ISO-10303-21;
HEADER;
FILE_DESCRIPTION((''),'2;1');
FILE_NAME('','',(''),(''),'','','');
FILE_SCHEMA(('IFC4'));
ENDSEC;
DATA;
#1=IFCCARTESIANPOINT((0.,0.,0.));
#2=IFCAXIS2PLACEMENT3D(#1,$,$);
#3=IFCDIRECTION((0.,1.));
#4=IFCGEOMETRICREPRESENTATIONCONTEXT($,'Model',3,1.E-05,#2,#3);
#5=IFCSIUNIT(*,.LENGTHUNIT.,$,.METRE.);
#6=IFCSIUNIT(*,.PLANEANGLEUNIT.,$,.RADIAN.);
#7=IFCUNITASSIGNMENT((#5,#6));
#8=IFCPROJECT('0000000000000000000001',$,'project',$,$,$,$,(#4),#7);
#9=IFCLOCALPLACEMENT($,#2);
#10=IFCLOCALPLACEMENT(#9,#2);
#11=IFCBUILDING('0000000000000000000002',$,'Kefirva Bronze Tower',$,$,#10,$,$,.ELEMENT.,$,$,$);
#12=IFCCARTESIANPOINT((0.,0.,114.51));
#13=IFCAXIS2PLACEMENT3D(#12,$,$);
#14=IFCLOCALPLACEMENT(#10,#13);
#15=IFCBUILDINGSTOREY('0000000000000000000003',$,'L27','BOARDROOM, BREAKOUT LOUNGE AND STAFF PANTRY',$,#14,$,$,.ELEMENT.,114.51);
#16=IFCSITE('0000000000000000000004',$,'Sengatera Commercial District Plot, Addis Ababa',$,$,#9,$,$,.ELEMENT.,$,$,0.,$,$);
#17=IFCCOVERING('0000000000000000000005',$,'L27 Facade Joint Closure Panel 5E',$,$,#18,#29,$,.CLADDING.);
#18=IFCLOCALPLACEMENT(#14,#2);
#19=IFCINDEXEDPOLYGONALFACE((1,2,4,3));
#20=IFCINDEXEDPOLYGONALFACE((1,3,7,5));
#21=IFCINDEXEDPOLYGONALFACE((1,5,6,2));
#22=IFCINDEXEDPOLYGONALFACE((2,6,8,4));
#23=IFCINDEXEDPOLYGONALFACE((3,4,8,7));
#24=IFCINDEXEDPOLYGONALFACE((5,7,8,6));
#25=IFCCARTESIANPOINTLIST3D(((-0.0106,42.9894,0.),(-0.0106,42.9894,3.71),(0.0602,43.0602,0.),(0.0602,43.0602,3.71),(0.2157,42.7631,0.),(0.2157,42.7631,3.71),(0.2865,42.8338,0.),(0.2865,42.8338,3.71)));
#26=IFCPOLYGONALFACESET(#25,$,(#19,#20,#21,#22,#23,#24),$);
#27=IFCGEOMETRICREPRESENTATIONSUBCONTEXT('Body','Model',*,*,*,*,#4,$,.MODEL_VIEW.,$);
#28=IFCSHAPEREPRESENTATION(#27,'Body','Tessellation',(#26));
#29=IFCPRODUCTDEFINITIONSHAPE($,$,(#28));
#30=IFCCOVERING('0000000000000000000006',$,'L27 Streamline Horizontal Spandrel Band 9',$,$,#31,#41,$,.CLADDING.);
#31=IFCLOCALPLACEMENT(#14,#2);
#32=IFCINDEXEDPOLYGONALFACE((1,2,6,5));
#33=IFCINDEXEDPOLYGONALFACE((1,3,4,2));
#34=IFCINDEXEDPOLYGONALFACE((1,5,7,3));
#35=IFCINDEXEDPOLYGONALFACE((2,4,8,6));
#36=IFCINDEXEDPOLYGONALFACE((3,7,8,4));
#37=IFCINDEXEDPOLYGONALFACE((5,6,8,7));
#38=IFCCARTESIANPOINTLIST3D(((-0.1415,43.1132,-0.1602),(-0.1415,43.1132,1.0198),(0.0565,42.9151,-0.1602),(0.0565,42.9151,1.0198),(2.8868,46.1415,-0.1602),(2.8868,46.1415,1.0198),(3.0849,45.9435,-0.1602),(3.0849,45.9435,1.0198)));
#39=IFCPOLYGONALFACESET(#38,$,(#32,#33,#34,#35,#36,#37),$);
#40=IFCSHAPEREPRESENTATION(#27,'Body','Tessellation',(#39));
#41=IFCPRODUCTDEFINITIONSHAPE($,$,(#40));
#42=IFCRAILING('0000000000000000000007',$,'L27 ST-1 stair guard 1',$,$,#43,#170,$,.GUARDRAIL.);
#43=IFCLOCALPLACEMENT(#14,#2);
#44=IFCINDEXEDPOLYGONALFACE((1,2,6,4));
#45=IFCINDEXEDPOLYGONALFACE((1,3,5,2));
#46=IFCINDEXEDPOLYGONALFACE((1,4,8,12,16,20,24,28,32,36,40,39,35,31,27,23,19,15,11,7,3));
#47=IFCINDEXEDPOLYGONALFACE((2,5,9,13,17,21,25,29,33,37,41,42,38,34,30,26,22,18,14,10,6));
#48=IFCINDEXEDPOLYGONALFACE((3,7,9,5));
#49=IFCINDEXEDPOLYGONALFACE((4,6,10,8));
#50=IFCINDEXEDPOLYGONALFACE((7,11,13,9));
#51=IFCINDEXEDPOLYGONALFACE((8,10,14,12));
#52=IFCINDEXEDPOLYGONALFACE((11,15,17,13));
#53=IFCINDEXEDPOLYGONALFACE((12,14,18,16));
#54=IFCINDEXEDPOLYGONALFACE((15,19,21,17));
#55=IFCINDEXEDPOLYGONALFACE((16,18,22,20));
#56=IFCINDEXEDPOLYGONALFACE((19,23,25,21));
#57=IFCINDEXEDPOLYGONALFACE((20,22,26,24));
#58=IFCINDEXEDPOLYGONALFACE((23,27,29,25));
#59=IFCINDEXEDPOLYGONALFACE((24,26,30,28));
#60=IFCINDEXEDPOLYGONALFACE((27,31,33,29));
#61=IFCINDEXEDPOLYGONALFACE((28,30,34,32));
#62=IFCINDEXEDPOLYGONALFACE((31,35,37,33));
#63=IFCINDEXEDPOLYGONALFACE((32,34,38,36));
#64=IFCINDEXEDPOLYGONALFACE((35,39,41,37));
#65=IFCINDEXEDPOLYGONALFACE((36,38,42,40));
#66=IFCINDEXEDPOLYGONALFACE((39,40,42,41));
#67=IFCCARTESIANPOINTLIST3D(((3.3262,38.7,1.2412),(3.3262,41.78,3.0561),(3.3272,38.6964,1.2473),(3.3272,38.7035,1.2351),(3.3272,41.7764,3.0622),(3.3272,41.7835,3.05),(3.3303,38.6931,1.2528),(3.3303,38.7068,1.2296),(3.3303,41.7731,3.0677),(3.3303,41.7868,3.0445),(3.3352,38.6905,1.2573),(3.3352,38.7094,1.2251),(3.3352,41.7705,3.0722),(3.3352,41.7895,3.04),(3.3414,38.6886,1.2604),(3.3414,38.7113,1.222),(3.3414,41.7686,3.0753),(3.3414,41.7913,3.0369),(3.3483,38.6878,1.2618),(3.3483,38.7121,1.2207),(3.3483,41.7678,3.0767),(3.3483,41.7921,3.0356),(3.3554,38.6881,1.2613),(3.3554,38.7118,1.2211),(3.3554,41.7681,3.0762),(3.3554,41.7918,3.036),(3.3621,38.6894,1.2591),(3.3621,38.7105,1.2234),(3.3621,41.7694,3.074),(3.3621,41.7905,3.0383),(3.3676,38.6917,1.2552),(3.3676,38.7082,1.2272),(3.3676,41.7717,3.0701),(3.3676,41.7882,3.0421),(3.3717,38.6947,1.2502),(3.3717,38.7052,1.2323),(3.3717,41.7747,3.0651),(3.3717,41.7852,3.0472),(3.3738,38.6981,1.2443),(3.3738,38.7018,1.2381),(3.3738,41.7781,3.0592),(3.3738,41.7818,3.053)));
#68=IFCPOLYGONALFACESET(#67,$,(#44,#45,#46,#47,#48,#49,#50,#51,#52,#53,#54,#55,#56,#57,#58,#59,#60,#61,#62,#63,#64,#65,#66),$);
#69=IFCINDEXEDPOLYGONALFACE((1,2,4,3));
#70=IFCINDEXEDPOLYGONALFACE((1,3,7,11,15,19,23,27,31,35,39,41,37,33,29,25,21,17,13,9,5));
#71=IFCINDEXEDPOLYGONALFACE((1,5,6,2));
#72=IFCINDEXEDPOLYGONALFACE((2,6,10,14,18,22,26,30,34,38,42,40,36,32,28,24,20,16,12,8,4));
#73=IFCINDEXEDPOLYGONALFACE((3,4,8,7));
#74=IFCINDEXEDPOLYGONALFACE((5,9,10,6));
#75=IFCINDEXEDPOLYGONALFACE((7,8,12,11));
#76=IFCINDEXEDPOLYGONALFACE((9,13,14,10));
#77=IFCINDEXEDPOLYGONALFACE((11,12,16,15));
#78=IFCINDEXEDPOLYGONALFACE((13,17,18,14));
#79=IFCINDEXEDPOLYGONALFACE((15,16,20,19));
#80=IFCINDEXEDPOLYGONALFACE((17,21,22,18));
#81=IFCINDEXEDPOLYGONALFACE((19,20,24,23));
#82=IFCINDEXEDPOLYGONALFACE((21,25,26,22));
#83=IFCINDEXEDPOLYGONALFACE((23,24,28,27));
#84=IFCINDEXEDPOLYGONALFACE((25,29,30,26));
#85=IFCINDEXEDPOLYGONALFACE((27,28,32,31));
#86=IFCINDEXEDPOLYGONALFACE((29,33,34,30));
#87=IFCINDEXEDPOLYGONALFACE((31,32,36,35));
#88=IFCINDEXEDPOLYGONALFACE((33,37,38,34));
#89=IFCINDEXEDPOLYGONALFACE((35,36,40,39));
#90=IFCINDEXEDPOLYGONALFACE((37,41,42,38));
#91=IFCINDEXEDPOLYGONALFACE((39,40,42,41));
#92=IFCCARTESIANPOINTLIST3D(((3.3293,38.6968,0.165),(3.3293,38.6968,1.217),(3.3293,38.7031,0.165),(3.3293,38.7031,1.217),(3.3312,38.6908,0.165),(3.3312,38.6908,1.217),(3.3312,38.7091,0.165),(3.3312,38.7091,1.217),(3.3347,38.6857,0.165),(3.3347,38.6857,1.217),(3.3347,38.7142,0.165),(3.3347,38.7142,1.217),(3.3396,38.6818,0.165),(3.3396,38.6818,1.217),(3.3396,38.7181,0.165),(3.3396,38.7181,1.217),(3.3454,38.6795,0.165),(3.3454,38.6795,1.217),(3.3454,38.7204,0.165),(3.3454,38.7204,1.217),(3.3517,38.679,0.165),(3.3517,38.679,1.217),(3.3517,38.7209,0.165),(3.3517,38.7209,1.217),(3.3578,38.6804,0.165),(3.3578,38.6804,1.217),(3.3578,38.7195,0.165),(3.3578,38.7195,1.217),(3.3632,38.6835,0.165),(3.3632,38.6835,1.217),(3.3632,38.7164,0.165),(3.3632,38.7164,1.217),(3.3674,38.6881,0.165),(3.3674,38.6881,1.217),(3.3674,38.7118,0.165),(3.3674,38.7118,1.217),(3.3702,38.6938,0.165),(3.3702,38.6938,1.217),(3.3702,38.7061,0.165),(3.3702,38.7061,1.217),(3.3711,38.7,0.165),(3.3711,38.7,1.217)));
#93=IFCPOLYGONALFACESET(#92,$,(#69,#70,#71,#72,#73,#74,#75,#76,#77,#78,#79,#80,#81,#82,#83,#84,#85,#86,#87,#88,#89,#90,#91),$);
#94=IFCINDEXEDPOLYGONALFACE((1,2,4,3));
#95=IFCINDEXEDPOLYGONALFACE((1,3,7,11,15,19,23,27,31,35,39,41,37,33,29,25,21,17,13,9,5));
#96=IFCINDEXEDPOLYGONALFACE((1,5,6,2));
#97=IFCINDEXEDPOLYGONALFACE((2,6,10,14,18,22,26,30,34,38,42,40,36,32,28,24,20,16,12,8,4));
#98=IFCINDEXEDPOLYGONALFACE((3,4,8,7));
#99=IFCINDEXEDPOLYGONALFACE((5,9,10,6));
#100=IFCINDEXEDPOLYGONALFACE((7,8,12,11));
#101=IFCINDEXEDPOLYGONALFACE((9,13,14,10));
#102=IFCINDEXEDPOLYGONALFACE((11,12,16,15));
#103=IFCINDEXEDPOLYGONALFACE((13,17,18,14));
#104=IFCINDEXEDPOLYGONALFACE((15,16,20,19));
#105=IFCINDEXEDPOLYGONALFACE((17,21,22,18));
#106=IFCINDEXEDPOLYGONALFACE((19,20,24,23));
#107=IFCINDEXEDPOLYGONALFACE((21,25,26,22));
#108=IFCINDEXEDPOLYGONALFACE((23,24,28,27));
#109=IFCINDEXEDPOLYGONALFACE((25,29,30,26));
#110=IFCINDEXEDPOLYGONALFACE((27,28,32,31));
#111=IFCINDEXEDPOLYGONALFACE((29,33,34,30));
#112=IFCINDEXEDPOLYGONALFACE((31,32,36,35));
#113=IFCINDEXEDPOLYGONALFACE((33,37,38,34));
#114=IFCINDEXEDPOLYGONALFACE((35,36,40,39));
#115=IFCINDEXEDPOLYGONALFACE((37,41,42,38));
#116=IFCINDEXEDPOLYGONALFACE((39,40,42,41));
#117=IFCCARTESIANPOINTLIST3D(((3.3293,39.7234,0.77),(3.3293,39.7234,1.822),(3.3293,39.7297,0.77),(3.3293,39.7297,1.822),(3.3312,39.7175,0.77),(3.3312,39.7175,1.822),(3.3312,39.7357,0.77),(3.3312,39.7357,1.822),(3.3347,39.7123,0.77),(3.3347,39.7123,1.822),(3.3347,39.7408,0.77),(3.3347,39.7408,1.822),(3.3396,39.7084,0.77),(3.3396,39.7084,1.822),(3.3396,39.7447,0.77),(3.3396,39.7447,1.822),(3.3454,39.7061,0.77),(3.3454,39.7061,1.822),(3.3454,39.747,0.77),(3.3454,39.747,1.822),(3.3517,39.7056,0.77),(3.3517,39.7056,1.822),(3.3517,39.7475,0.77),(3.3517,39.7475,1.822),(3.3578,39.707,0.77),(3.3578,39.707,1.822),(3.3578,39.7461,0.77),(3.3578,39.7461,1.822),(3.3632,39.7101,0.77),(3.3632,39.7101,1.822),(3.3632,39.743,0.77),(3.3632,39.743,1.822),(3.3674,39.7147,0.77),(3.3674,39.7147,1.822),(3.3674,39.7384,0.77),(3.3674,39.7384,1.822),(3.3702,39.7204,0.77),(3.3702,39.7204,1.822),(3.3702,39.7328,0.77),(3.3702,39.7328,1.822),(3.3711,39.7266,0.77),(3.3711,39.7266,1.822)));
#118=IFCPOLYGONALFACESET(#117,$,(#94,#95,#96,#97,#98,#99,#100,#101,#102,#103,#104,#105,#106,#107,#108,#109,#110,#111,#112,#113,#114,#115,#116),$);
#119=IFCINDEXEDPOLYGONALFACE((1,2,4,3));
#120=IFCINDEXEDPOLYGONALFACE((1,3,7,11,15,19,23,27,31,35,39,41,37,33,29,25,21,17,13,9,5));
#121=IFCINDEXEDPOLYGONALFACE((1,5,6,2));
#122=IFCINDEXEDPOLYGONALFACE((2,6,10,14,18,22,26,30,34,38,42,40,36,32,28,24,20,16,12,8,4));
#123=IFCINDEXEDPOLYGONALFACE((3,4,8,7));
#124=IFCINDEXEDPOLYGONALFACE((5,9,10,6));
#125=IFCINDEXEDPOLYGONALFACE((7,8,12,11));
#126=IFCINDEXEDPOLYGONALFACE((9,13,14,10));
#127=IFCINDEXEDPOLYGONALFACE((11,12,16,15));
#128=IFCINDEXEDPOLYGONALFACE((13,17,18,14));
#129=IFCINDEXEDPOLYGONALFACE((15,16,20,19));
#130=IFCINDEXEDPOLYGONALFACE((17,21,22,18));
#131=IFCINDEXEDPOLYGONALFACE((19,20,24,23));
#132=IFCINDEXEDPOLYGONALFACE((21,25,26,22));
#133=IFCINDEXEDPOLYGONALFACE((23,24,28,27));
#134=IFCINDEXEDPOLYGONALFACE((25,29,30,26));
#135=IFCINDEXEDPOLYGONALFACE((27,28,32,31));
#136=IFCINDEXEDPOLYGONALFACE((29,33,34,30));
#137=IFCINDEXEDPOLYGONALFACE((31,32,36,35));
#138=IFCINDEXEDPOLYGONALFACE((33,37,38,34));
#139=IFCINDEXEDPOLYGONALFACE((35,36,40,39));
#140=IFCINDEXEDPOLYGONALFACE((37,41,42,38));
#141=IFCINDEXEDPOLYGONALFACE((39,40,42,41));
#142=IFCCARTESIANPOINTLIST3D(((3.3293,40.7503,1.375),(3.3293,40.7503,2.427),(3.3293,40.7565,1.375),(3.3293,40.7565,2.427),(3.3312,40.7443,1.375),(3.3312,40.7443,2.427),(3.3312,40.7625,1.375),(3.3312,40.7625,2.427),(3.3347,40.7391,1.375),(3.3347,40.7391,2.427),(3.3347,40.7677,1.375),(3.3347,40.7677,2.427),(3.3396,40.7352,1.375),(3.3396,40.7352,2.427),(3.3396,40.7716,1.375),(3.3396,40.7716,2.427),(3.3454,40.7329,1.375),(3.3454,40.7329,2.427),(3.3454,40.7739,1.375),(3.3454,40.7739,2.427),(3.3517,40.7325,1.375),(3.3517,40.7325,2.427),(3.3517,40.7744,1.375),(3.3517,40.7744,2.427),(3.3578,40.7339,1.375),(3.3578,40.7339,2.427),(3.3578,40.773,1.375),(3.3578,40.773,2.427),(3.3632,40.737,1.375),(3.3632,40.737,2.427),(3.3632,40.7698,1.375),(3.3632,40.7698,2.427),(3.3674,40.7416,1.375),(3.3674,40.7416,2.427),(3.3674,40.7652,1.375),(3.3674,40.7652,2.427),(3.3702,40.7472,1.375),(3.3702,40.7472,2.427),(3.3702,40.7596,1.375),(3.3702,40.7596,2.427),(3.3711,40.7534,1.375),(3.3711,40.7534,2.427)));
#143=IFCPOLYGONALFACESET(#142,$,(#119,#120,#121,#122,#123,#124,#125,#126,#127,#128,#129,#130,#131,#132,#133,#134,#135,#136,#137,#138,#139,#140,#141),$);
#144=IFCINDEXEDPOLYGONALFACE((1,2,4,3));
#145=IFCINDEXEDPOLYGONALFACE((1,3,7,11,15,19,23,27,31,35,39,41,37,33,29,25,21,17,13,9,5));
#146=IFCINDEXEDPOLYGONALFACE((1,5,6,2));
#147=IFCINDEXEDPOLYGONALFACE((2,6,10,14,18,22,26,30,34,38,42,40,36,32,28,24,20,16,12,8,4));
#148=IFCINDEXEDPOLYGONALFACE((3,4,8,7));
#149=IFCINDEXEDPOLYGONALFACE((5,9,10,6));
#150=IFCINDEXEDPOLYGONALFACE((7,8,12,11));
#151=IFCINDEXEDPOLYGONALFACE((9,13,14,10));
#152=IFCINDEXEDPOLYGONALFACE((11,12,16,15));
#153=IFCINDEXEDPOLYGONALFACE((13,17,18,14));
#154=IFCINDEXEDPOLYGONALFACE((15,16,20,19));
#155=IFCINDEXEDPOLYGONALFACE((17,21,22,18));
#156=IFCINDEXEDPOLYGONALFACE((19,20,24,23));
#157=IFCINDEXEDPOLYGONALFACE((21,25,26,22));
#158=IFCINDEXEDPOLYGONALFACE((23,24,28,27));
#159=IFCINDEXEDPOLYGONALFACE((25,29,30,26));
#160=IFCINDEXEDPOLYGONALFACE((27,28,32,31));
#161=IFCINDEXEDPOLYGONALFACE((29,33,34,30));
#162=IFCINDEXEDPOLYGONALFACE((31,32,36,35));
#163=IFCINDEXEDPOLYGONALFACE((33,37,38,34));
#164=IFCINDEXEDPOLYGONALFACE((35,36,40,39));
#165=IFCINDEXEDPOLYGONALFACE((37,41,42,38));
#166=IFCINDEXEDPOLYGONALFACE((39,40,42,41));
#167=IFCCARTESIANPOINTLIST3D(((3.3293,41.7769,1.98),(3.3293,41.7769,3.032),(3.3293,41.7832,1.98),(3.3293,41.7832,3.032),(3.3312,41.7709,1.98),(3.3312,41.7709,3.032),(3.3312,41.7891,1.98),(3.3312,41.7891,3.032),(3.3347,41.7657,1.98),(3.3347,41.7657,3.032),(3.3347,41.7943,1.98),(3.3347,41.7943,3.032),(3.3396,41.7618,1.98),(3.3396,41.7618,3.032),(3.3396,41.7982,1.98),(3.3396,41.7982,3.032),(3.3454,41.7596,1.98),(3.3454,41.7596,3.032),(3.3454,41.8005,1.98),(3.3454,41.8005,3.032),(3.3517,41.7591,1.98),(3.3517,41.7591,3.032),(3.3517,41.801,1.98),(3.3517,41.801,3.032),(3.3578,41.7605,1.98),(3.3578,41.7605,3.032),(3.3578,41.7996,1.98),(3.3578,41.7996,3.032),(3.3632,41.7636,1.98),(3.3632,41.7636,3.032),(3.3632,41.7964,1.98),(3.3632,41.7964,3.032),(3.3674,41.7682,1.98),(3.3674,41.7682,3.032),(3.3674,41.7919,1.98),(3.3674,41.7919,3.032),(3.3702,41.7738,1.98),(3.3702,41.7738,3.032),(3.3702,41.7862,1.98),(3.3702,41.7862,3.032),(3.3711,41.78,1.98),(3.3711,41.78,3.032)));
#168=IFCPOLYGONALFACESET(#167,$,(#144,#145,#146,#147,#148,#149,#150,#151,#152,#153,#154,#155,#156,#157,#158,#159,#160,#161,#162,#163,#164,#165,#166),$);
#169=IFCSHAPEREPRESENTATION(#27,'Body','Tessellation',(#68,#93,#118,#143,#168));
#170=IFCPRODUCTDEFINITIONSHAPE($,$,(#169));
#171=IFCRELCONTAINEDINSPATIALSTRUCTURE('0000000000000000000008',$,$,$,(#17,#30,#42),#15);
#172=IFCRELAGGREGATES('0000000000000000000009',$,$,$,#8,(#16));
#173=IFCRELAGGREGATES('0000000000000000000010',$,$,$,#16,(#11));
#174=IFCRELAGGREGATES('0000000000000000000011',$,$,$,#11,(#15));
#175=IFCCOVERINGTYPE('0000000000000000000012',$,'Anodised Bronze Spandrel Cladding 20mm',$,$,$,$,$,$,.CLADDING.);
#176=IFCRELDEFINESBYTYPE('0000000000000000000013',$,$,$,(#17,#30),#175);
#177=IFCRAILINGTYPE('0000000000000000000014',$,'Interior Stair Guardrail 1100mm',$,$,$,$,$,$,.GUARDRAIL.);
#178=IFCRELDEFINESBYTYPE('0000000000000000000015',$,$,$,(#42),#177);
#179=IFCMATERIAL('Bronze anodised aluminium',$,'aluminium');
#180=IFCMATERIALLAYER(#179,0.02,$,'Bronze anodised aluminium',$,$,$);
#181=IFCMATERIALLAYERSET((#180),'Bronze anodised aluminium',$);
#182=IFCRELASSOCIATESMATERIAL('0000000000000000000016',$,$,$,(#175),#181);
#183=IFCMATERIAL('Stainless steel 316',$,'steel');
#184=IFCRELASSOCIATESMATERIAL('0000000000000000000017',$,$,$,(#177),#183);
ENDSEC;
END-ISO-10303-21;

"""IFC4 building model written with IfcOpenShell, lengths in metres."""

from ifc_helpers import new_model, si_unit, direction, frame, origin, origin_2d, place, context, subcontext, project, spatial, rectangle, circle, extrude, material, layer, layer_set, type_object, element, save


model = new_model("IFC4")

# Units and contexts
model_context = context("Model", 3, precision=1e-05, world=origin(), true_north=direction((0.0, 1.0)))
body_context = subcontext(model_context, "Body", "Model", "MODEL_VIEW")
ifc_project = project(units=[si_unit("LENGTHUNIT", "METRE"), si_unit("PLANEANGLEUNIT", "RADIAN")], contexts=[model_context])

# Site, building, storey
site_placement = place(None, origin())
site = spatial("IfcSite", under=ifc_project, at=site_placement, Name="Sengatera Commercial District Plot, Addis Ababa", CompositionType="ELEMENT", RefElevation=0.0)
building_placement = place(site_placement, origin())
building = spatial("IfcBuilding", under=site, at=building_placement, Name="Kefirva Bronze Tower", CompositionType="ELEMENT")
storey_placement = place(building_placement, frame((0.0, 0.0, 114.51)))
storey = spatial("IfcBuildingStorey", under=building, at=storey_placement, Name="L27", Description="BOARDROOM, BREAKOUT LOUNGE AND STAFF PANTRY", CompositionType="ELEMENT", Elevation=114.51)

# Shared definitions
ifc_material_1 = material(Name="Stainless steel 316", Category="steel")

# Coverings
ifc_material_2 = material(Name="Bronze anodised aluminium", Category="aluminium")
ifc_layer_1 = layer(ifc_material_2, 0.02, Name="Bronze anodised aluminium")
ifc_layer_set_1 = layer_set([ifc_layer_1], Name="Bronze anodised aluminium")
covering_type_1 = type_object("IfcCoveringType", Name="Anodised Bronze Spandrel Cladding 20mm", PredefinedType="CLADDING", material=ifc_layer_set_1)
for number, where, z_axis, x_axis, name in (
    (1, (0.1379, 42.9116, 0.0), (0.0, 0.0, 1.0), (-0.707107, -0.707107, 0.0), "L27 Facade Joint Closure Panel 5E"),
):
    element("IfcCovering", number, at=place(storey_placement, frame(where, z_axis=z_axis, x_axis=x_axis)), inside=storey, type_object=covering_type_1, Name=name, PredefinedType="CLADDING", context=body_context, shape_type="SweptSolid", body=[
        extrude(rectangle(XDim=0.1001, YDim=0.3201, at=origin_2d()), origin(), (0.0, 0.0, 1.0), 3.71),
    ])
covering_1_placement = place(storey_placement, frame((1.4717, 44.5283, -0.1602), z_axis=(0.0, 0.0, 1.0), x_axis=(-0.707107, -0.707107, 0.0)))
element("IfcCovering", 2, at=covering_1_placement, inside=storey, type_object=covering_type_1, Name="L27 Streamline Horizontal Spandrel Band 9", PredefinedType="CLADDING", context=body_context, shape_type="SweptSolid", body=[
    extrude(rectangle(XDim=4.2827, YDim=0.28, at=origin_2d()), origin(), (0.0, 0.0, 1.0), 1.1799),
])

# Railing
railing_type_1 = type_object("IfcRailingType", Name="Interior Stair Guardrail 1100mm", PredefinedType="GUARDRAIL", material=ifc_material_1)
railing_1_placement = place(storey_placement, frame((3.3501, 38.7, 0.165)))
element("IfcRailing", 3, at=railing_1_placement, inside=storey, type_object=railing_type_1, Name="L27 ST-1 stair guard 1", PredefinedType="GUARDRAIL", context=body_context, shape_type="SweptSolid", body=[
    extrude(circle(Radius=0.0239, at=origin_2d()), frame((0.0, 0.0, 1.0762), z_axis=(0.0, 0.861551, 0.507671), x_axis=(-1.0, 0.0, 0.0)), (0.0, 0.0, 1.0), 3.575),
    extrude(circle(Radius=0.021, at=origin_2d()), origin(), (0.0, 0.0, 1.0), 1.052),
    extrude(circle(Radius=0.021, at=origin_2d()), frame((0.0, 1.0266, 0.605)), (0.0, 0.0, 1.0), 1.052),
    extrude(circle(Radius=0.021, at=origin_2d()), frame((0.0, 2.0535, 1.21)), (0.0, 0.0, 1.0), 1.052),
    extrude(circle(Radius=0.021, at=origin_2d()), frame((0.0, 3.0801, 1.8149)), (0.0, 0.0, 1.0), 1.052),
])

save(model, "model.ifc")
